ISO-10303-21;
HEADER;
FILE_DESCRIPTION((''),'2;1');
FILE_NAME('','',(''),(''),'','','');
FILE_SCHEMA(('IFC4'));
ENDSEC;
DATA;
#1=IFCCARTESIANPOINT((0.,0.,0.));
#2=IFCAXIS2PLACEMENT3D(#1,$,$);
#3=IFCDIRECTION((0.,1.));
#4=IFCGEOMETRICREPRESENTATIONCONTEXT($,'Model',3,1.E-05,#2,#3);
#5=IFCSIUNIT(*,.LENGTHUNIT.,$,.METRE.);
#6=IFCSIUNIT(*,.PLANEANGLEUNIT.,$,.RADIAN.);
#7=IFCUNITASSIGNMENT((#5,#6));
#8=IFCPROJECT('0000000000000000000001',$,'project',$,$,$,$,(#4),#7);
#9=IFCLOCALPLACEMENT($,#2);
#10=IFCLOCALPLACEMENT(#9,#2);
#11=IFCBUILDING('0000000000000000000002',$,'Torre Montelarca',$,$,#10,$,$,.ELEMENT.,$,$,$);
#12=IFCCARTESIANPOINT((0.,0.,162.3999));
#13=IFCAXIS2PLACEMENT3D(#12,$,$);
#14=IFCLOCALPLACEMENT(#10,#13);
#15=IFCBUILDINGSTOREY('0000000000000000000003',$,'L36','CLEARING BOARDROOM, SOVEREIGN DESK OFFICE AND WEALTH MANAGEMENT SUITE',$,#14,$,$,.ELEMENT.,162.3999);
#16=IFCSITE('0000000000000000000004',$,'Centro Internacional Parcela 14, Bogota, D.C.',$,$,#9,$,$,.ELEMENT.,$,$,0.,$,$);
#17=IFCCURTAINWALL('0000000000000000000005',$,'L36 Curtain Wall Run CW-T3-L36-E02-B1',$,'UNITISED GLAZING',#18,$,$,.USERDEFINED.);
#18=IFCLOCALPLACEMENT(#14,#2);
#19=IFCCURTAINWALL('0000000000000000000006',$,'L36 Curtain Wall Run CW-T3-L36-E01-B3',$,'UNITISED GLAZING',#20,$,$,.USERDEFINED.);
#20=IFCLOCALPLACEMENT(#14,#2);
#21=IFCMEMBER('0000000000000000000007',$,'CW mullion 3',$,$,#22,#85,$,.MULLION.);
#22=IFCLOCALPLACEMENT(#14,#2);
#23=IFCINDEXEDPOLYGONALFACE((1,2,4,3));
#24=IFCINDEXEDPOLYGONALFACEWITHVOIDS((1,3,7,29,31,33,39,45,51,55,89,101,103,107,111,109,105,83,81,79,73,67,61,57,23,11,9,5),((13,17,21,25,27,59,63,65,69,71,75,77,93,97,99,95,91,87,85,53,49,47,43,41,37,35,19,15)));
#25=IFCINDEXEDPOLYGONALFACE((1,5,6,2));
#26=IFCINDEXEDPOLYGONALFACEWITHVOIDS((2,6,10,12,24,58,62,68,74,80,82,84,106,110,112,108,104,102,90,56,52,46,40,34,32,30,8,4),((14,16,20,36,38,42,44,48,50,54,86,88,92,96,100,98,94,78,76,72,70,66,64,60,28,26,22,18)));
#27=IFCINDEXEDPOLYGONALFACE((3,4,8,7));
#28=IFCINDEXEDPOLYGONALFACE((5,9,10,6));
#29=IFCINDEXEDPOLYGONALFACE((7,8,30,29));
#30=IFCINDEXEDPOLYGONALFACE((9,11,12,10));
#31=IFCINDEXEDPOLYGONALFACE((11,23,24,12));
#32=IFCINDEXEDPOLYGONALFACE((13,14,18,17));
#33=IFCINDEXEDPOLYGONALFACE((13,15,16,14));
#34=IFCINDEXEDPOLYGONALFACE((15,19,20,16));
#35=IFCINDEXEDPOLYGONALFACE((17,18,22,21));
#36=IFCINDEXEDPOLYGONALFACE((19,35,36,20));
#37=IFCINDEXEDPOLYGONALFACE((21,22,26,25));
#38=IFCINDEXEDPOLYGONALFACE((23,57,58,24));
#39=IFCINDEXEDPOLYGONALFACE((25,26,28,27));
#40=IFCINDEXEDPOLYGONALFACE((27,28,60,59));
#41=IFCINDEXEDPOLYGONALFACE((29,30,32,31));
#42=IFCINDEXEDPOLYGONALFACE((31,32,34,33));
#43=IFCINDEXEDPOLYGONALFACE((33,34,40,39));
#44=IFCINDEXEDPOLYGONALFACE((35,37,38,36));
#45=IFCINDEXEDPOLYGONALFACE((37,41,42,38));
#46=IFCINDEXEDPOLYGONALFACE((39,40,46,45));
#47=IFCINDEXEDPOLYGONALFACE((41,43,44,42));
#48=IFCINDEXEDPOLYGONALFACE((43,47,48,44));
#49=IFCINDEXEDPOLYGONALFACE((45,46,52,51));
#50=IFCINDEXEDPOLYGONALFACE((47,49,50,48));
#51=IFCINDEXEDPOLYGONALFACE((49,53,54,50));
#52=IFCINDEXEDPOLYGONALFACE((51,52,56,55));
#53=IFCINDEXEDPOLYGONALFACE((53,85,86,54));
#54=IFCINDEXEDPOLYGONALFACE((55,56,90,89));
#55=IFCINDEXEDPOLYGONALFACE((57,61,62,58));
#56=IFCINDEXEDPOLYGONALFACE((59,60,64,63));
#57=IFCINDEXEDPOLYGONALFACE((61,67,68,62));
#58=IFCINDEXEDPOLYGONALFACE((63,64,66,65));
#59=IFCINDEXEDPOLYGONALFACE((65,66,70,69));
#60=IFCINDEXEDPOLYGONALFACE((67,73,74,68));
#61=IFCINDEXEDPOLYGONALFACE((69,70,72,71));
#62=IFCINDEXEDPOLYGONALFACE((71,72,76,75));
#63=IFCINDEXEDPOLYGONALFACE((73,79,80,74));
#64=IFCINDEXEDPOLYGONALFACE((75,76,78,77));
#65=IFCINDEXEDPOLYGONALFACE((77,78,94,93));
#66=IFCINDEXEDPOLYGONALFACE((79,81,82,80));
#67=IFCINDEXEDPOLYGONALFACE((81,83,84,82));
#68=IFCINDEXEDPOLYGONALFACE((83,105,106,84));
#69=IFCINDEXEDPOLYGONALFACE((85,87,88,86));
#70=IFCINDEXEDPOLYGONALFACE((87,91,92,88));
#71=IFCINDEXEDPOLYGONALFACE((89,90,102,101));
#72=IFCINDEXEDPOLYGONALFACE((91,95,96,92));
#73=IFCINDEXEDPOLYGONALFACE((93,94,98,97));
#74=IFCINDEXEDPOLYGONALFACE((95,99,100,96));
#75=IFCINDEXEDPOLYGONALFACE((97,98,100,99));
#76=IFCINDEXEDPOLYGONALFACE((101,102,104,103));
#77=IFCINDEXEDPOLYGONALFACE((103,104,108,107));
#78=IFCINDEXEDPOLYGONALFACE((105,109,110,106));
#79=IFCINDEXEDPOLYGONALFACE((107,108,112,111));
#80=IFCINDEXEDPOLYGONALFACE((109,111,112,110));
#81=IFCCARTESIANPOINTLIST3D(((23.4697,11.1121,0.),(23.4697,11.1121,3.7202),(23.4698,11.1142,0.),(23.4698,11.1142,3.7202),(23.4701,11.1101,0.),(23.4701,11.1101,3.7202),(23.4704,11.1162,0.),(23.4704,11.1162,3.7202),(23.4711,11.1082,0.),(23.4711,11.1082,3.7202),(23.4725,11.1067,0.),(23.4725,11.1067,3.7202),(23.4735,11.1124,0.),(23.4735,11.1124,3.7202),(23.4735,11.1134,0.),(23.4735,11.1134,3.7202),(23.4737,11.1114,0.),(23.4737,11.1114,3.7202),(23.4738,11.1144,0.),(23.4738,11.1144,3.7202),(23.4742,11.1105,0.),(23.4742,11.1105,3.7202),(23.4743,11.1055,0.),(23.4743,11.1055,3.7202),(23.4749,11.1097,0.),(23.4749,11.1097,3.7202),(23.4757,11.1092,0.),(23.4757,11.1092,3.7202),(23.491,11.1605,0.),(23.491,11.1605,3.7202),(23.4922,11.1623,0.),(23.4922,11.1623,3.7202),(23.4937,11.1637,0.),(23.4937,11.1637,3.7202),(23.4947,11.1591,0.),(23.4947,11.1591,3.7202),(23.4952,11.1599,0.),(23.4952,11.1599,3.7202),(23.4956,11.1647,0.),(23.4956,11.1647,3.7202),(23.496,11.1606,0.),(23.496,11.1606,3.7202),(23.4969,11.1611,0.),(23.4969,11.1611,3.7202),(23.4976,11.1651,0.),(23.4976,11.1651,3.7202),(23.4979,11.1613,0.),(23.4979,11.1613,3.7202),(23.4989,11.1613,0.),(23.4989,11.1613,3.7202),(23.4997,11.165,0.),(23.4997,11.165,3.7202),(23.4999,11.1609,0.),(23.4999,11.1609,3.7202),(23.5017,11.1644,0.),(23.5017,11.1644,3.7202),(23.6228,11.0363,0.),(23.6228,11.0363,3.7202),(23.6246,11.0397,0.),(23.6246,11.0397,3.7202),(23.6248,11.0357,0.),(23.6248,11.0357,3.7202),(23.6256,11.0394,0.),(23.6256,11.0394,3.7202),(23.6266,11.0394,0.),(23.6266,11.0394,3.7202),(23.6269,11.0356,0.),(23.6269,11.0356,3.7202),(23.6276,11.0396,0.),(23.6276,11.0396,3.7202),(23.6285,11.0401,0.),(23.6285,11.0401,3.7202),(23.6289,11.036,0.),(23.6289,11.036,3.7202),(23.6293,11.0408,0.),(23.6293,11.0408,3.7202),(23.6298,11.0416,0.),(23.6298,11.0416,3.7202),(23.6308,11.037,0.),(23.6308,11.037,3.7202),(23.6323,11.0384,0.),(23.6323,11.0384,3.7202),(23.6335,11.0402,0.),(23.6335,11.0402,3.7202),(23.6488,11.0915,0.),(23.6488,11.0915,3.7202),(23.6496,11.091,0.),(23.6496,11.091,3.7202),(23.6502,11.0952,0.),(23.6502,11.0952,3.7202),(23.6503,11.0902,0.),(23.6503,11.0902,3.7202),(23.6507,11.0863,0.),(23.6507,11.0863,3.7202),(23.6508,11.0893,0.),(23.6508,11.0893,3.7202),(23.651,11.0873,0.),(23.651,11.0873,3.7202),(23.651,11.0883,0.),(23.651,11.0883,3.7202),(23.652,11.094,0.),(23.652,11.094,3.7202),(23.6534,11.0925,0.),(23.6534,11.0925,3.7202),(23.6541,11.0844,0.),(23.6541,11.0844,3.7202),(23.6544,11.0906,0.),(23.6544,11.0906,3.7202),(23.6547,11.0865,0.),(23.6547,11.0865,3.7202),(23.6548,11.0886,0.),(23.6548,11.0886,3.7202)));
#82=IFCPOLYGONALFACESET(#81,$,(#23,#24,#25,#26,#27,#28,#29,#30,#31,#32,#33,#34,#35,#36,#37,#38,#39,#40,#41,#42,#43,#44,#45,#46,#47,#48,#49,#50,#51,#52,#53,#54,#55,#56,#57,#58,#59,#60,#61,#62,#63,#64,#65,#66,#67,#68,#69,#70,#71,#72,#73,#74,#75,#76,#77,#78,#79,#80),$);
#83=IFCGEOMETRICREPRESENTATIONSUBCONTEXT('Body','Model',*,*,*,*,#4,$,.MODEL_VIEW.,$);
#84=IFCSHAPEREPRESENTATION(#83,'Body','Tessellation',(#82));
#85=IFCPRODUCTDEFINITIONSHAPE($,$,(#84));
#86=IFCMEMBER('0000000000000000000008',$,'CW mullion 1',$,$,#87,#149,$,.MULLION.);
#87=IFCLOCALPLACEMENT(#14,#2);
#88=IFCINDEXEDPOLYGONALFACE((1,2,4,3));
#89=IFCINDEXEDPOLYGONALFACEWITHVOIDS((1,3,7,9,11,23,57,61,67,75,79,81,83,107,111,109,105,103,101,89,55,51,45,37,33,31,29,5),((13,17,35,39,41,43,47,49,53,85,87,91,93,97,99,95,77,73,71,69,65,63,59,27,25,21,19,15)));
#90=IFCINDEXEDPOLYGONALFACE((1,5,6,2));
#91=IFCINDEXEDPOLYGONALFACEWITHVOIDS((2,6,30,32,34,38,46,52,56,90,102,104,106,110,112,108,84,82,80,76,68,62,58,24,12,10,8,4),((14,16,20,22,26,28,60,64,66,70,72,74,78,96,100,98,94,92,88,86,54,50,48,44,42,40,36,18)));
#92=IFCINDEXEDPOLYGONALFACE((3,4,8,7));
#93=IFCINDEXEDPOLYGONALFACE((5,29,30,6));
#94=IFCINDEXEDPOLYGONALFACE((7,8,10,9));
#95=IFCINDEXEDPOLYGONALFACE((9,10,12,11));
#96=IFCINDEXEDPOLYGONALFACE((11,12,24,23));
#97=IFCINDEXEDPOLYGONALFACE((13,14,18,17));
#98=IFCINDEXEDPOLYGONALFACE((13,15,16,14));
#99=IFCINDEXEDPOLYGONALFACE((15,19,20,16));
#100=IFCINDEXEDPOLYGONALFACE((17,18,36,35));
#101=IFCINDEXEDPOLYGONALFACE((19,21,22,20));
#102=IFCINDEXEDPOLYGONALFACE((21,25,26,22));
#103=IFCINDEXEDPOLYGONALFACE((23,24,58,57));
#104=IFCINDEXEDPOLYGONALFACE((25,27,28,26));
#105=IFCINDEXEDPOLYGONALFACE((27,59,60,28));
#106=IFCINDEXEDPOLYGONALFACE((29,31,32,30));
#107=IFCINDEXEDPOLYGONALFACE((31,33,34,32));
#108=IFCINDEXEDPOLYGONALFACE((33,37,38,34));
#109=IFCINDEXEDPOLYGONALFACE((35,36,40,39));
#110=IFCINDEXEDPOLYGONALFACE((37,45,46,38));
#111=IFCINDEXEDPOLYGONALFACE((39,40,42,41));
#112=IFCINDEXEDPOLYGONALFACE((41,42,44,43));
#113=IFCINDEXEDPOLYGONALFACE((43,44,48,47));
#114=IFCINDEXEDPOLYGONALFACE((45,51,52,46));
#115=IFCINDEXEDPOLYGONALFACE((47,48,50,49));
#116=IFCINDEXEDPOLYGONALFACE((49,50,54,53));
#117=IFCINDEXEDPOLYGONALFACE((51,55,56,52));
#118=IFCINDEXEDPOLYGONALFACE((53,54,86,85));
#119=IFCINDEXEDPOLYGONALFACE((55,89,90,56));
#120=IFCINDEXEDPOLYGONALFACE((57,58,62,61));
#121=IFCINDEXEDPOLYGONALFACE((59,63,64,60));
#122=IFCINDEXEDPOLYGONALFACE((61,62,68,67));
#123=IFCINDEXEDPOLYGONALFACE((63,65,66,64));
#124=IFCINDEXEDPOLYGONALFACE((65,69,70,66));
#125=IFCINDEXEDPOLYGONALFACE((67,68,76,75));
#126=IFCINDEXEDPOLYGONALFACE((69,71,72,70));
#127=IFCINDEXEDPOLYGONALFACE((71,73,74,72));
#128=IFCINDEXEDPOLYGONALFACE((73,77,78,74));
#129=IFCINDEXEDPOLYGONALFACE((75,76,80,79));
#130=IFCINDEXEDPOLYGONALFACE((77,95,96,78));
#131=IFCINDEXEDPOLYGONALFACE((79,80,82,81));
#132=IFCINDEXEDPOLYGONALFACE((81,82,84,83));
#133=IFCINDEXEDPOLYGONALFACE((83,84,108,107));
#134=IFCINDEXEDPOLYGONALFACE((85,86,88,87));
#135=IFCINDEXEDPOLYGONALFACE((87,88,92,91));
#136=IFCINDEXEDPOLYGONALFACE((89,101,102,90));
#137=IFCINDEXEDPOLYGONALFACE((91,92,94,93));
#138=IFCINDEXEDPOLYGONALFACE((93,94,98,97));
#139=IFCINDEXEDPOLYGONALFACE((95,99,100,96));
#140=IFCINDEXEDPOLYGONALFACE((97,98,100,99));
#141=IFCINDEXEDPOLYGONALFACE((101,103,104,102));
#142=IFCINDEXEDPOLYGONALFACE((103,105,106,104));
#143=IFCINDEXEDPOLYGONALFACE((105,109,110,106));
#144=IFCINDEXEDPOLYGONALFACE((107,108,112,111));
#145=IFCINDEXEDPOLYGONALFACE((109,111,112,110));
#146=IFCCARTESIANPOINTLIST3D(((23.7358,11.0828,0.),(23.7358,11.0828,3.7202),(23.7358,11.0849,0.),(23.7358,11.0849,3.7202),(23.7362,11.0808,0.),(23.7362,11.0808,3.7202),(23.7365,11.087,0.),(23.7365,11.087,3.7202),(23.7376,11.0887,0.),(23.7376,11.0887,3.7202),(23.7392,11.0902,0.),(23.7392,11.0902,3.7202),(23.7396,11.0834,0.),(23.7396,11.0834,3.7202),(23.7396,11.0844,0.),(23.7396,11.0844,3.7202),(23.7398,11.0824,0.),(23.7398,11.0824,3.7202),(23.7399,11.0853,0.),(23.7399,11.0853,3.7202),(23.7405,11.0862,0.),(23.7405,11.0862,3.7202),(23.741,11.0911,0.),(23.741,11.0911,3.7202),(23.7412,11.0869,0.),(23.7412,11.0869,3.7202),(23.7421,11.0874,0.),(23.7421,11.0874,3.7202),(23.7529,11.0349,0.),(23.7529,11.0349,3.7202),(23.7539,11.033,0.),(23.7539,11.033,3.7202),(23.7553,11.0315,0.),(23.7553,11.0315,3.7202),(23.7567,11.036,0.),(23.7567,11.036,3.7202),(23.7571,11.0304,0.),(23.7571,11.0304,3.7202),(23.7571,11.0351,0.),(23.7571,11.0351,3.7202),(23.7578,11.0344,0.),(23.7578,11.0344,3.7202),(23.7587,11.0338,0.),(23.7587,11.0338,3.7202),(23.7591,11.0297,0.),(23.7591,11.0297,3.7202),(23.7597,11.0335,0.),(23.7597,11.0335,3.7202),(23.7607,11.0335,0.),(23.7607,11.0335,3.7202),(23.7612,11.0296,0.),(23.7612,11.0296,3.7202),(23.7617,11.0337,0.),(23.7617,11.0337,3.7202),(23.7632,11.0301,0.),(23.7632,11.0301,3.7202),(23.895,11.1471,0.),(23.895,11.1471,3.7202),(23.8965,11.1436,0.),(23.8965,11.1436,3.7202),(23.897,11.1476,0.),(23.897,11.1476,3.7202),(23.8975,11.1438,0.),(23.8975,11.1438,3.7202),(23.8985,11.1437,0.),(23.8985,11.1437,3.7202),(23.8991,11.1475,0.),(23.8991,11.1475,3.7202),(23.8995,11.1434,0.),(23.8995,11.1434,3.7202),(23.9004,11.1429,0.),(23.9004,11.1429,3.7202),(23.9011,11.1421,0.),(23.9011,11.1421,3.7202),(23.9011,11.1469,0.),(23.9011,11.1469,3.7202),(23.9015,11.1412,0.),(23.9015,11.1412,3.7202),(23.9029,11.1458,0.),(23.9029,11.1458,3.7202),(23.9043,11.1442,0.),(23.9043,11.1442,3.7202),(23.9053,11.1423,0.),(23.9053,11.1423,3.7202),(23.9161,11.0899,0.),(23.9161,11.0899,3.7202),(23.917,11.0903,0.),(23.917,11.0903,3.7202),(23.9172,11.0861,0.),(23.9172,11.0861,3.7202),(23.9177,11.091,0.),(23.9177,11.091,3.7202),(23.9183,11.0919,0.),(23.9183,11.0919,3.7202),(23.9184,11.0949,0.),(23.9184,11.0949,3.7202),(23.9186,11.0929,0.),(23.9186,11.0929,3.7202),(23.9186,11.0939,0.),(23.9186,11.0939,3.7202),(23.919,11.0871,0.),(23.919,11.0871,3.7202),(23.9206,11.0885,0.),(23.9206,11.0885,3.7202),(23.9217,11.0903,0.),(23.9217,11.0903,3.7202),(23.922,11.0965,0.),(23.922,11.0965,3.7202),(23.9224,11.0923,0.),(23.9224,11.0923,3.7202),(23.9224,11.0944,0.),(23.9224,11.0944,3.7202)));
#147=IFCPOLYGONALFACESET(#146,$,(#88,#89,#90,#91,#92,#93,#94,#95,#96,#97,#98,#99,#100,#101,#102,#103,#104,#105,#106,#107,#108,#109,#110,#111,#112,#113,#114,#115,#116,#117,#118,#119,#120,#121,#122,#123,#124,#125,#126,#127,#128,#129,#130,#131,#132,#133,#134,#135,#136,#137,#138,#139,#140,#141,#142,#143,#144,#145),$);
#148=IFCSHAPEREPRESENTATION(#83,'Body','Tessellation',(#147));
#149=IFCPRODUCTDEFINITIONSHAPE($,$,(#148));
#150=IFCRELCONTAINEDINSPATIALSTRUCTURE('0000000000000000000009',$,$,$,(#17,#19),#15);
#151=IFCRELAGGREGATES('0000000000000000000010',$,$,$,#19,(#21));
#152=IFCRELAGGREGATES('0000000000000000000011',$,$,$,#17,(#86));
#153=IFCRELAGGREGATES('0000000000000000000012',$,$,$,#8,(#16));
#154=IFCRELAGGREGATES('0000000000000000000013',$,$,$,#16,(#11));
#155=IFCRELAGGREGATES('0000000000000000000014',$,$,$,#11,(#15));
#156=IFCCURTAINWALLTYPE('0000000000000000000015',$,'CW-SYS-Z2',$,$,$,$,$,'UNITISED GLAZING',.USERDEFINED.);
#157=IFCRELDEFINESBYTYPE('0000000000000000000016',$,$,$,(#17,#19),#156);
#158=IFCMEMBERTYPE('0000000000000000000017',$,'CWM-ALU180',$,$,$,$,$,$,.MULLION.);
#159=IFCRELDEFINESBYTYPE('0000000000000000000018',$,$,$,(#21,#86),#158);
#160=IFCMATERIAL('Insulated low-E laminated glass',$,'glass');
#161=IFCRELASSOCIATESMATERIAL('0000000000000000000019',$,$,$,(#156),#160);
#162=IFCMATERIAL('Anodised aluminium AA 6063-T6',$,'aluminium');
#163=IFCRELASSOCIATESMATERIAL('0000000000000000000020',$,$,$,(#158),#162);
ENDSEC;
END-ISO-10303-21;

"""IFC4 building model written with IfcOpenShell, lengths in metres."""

from ifc_helpers import new_model, si_unit, direction, frame, origin, origin_2d, place, context, subcontext, project, spatial, hollow_rectangle, extrude, source, transform, mapped, material, material_profile, profile_set, type_object, element, aggregate, save


model = new_model("IFC4")

# Units and contexts
model_context = context("Model", 3, precision=1e-05, world=origin(), true_north=direction((0.0, 1.0)))
body_context = subcontext(model_context, "Body", "Model", "MODEL_VIEW")
ifc_project = project(units=[si_unit("LENGTHUNIT", "METRE"), si_unit("PLANEANGLEUNIT", "RADIAN")], contexts=[model_context])

# Site, building, storey
site_placement = place(None, origin())
site = spatial("IfcSite", under=ifc_project, at=site_placement, Name="Centro Internacional Parcela 14, Bogota, D.C.", CompositionType="ELEMENT", RefElevation=0.0)
building_placement = place(site_placement, origin())
building = spatial("IfcBuilding", under=site, at=building_placement, Name="Torre Montelarca", CompositionType="ELEMENT")
storey_placement = place(building_placement, frame((0.0, 0.0, 162.3999)))
storey = spatial("IfcBuildingStorey", under=building, at=storey_placement, Name="L36", Description="CLEARING BOARDROOM, SOVEREIGN DESK OFFICE AND WEALTH MANAGEMENT SUITE", CompositionType="ELEMENT", Elevation=162.3999)

# Curtain wall
ifc_material_1 = material(Name="Insulated low-E laminated glass", Category="glass")
curtain_wall_type = type_object("IfcCurtainWallType", Name="CW-SYS-Z2", ElementType="UNITISED GLAZING", PredefinedType="USERDEFINED", material=ifc_material_1)
curtain_wall_1_placement = place(storey_placement, origin())
curtain_wall_1 = element("IfcCurtainWall", 1, at=curtain_wall_1_placement, inside=storey, type_object=curtain_wall_type, Name="L36 Curtain Wall Run CW-T3-L36-E02-B1", ObjectType="UNITISED GLAZING", PredefinedType="USERDEFINED")
ifc_material_2 = material(Name="Anodised aluminium AA 6063-T6", Category="aluminium")

# Curtain wall, member
curtain_wall_2_placement = place(storey_placement, origin())
curtain_wall_2 = element("IfcCurtainWall", 2, at=curtain_wall_2_placement, inside=storey, type_object=curtain_wall_type, Name="L36 Curtain Wall Run CW-T3-L36-E01-B3", ObjectType="UNITISED GLAZING", PredefinedType="USERDEFINED")
ifc_material_profile_1 = material_profile(ifc_material_2, hollow_rectangle(XDim=0.0649, YDim=0.1799, WallThickness=0.0039, InnerFilletRadius=0.0039, OuterFilletRadius=0.0081, at=origin_2d()), Name="ALU65X180X4", Category="aluminium")
ifc_profile_set_1 = profile_set([ifc_material_profile_1], Name="Anodised aluminium AA 6063-T6")
member_type_1 = type_object("IfcMemberType", Name="CWM-ALU180", PredefinedType="MULLION", material=ifc_profile_set_1)
shared_shape_1 = source(origin(), body_context, "Body", "SweptSolid", [
    extrude(hollow_rectangle(XDim=0.0649, YDim=0.1799, WallThickness=0.0039, InnerFilletRadius=0.0039, OuterFilletRadius=0.0081, at=origin_2d()), origin(), (0.0, 0.0, 1.0), 3.7202),
])
member_1_placement = place(storey_placement, frame((23.5623, 11.1003, 0.0), z_axis=(0.0, 0.0, 1.0), x_axis=(0.422603, 0.906315, 0.0)))
member_1 = element("IfcMember", 3, at=member_1_placement, type_object=member_type_1, Name="CW mullion 3", PredefinedType="MULLION", context=body_context, shape_type="MappedRepresentation", body=[
    mapped(shared_shape_1, transform((0.0, 0.0, 0.0), scale=1.0)),
])
aggregate(curtain_wall_2, [member_1])

# Member
member_2_placement = place(storey_placement, frame((23.8291, 11.0886, 0.0), z_axis=(0.0, 0.0, 1.0), x_axis=(-0.342018, 0.939693, 0.0)))
member_2 = element("IfcMember", 4, at=member_2_placement, type_object=member_type_1, Name="CW mullion 1", PredefinedType="MULLION", context=body_context, shape_type="MappedRepresentation", body=[
    mapped(shared_shape_1, transform((0.0, 0.0, 0.0), scale=1.0)),
])

aggregate(curtain_wall_1, [member_2])

save(model, "model.ifc")
